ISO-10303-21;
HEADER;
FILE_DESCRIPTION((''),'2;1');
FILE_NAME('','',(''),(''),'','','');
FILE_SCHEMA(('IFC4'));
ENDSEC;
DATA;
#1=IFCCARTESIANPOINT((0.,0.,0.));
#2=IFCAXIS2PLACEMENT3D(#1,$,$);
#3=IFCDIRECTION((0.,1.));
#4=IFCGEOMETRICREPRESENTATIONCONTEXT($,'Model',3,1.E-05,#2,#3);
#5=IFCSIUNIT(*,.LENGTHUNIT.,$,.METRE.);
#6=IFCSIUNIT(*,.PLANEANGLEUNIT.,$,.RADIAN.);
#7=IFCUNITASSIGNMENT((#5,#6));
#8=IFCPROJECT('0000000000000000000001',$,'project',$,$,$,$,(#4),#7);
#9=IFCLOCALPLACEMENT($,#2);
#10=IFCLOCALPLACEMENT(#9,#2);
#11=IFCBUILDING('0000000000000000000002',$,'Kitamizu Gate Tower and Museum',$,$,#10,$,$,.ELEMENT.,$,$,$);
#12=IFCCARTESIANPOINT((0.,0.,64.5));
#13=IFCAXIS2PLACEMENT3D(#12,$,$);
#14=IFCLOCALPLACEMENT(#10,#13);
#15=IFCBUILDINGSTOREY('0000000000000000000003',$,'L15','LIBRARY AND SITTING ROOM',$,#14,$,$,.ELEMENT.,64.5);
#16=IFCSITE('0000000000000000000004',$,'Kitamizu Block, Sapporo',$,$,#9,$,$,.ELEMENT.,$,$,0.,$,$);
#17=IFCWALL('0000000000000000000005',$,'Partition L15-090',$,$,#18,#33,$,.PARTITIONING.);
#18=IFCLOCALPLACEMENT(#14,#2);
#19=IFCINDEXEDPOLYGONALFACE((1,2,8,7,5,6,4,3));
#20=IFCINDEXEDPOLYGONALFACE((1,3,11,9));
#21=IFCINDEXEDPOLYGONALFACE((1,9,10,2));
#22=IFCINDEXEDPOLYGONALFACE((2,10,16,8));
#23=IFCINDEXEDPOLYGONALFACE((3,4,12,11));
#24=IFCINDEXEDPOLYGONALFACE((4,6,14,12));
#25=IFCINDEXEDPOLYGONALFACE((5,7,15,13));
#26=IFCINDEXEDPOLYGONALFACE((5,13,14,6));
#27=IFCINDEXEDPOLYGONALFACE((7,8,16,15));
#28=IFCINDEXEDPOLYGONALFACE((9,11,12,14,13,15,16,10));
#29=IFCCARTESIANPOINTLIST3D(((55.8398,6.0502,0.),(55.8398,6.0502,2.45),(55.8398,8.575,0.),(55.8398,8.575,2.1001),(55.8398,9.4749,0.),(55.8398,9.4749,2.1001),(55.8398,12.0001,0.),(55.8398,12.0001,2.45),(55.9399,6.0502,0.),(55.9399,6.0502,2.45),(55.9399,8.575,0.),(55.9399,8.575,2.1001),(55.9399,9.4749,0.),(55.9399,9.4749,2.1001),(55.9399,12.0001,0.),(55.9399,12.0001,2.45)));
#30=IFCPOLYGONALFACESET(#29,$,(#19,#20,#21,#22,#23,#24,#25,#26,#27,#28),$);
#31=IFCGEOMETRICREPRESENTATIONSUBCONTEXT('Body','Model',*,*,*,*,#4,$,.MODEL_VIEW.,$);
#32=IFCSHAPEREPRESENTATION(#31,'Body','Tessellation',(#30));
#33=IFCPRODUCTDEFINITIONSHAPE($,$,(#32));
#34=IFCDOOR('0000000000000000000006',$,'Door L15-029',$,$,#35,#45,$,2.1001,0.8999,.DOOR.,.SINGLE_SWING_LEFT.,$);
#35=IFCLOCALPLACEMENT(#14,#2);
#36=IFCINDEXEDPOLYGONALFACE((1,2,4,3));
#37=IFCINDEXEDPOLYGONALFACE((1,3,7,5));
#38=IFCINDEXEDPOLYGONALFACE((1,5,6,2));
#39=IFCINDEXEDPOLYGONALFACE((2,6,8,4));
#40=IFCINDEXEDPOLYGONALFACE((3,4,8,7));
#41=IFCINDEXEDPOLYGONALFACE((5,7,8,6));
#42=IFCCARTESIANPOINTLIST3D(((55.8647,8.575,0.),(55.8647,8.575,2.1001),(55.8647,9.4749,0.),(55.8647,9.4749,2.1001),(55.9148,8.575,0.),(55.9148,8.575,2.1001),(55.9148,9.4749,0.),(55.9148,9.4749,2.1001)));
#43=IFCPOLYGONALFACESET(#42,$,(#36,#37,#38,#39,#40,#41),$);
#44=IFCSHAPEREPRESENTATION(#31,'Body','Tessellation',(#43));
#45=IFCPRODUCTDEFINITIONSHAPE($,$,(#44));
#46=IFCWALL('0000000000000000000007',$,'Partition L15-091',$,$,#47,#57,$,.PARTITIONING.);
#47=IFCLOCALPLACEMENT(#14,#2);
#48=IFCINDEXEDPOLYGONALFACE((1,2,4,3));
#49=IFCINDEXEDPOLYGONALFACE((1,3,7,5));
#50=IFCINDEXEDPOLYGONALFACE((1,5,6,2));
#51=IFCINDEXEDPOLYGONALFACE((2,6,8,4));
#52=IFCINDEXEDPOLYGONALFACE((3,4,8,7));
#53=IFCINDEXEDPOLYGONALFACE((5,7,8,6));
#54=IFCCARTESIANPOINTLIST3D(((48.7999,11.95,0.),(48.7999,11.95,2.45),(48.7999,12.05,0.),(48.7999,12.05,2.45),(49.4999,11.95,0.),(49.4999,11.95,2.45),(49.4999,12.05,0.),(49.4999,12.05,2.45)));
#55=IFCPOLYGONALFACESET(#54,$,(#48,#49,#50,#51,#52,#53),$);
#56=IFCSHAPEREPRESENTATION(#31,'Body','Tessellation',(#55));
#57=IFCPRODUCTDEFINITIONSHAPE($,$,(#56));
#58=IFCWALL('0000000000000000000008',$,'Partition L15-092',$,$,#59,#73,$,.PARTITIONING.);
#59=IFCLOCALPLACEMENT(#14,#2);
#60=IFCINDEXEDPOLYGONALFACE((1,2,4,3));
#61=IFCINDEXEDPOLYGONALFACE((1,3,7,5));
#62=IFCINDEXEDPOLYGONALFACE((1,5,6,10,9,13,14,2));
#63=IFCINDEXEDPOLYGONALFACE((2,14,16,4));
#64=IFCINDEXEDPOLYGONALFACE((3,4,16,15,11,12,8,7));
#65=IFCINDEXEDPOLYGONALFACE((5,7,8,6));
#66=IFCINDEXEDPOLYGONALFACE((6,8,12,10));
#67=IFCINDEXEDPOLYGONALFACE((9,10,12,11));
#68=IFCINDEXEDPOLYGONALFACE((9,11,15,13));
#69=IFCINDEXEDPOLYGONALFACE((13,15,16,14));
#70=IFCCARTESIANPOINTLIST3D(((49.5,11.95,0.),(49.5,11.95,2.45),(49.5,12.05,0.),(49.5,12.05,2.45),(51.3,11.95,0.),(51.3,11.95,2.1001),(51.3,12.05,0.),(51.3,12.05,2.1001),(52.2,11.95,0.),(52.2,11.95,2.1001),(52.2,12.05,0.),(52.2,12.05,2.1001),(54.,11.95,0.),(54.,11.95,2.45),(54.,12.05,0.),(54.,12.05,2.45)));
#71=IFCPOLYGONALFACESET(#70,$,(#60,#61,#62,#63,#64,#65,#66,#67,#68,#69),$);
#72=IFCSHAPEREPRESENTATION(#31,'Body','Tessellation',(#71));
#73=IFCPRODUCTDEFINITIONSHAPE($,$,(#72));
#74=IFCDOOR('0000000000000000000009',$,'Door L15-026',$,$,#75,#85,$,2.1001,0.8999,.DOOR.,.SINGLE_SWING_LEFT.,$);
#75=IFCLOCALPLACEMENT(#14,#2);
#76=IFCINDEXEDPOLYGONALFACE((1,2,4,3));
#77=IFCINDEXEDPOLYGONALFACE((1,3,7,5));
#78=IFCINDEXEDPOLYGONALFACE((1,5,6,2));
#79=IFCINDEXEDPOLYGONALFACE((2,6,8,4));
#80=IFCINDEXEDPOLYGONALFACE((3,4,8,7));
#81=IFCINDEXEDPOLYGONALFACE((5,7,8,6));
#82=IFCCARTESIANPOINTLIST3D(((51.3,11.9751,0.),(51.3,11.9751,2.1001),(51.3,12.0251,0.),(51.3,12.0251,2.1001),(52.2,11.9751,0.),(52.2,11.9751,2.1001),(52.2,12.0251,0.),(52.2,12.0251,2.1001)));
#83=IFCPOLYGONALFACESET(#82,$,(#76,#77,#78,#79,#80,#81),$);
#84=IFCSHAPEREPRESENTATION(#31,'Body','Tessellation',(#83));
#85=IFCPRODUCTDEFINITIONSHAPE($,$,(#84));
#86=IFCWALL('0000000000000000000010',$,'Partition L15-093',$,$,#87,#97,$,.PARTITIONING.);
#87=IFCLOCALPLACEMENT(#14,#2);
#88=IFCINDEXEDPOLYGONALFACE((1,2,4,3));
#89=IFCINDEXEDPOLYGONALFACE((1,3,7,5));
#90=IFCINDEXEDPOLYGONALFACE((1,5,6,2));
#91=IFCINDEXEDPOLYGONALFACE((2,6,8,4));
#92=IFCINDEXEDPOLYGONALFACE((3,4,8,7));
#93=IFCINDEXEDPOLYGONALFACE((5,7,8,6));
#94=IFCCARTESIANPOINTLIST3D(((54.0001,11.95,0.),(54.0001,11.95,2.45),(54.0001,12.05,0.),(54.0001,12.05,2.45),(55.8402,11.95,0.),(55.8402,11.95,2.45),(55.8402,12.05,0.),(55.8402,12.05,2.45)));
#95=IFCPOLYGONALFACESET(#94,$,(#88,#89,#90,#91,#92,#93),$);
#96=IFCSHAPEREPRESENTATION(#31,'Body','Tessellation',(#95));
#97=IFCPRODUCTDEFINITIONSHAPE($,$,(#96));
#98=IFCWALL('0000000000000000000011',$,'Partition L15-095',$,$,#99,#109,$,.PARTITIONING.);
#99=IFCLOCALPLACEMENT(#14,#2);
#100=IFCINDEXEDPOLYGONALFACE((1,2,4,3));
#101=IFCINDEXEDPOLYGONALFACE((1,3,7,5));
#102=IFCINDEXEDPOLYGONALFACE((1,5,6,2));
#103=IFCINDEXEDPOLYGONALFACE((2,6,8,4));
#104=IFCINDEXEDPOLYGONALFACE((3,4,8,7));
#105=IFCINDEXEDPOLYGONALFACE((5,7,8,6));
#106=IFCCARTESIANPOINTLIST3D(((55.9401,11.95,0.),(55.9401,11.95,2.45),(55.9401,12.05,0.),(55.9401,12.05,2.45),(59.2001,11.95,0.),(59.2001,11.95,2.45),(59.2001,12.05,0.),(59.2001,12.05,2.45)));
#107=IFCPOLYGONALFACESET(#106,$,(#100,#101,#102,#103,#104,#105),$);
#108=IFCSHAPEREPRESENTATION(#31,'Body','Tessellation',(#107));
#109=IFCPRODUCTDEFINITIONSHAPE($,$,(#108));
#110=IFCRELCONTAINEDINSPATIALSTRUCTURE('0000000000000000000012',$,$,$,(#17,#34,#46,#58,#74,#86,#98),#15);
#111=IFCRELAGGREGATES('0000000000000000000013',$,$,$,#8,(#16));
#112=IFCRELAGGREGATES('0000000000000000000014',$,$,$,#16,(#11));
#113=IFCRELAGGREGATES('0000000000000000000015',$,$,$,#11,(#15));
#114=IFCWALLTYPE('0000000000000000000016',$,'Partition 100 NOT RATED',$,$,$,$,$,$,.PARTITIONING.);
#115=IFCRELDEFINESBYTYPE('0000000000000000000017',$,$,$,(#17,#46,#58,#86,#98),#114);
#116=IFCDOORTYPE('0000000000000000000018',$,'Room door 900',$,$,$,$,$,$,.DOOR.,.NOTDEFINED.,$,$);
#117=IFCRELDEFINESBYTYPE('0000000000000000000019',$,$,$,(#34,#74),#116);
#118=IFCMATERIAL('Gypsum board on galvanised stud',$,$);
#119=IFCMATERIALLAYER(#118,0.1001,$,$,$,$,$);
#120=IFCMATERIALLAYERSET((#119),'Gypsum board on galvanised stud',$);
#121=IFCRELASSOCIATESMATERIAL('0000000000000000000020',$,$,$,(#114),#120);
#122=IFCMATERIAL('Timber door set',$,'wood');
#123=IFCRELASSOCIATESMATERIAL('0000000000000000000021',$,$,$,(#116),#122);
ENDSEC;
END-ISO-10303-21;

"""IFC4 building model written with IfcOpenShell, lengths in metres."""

from ifc_helpers import new_model, si_unit, direction, frame, frame_2d, origin, place, context, subcontext, project, spatial, rectangle, extrude, material, layer, layer_set, type_object, element, fill, save


model = new_model("IFC4")

# Units and contexts
model_context = context("Model", 3, precision=1e-05, world=origin(), true_north=direction((0.0, 1.0)))
body_context = subcontext(model_context, "Body", "Model", "MODEL_VIEW")
ifc_project = project(units=[si_unit("LENGTHUNIT", "METRE"), si_unit("PLANEANGLEUNIT", "RADIAN")], contexts=[model_context])

# Site, building, storey
site_placement = place(None, origin())
site = spatial("IfcSite", under=ifc_project, at=site_placement, Name="Kitamizu Block, Sapporo", CompositionType="ELEMENT", RefElevation=0.0)
building_placement = place(site_placement, origin())
building = spatial("IfcBuilding", under=site, at=building_placement, Name="Kitamizu Gate Tower and Museum", CompositionType="ELEMENT")
storey_placement = place(building_placement, frame((0.0, 0.0, 64.5)))
storey = spatial("IfcBuildingStorey", under=building, at=storey_placement, Name="L15", Description="LIBRARY AND SITTING ROOM", CompositionType="ELEMENT", Elevation=64.5)

# Shared definitions
ifc_material_1 = material(Name="Gypsum board on galvanised stud")
ifc_layer = layer(ifc_material_1, 0.1001)
ifc_layer_set = layer_set([ifc_layer], Name="Gypsum board on galvanised stud")
wall_type = type_object("IfcWallType", Name="Partition 100 NOT RATED", PredefinedType="PARTITIONING", material=ifc_layer_set)
ifc_material_2 = material(Name="Timber door set", Category="wood")
door_type = type_object("IfcDoorType", Name="Room door 900", OperationType="NOTDEFINED", PredefinedType="DOOR", material=ifc_material_2)

# Wall, opening, door
wall_1_placement = place(storey_placement, frame((55.8899, 6.05, 0.0), z_axis=(0.0, 0.0, 1.0), x_axis=(0.0, 1.0, 0.0)))
wall_1 = element("IfcWall", 1, at=wall_1_placement, inside=storey, type_object=wall_type, Name="Partition L15-090", PredefinedType="PARTITIONING", context=body_context, shape_type="SweptSolid", body=[
    extrude(rectangle(XDim=5.95, YDim=0.1001, at=frame_2d((2.9751, 0.0))), origin(), (0.0, 0.0, 1.0), 2.45),
])
opening_1_placement = place(wall_1_placement, frame((2.5249, 0.0, 0.0)))
opening_1 = element("IfcOpeningElement", 2, at=opening_1_placement, cuts=wall_1, PredefinedType="OPENING", context=body_context, shape_type="SweptSolid", body=[
    extrude(rectangle(XDim=0.8999, YDim=2.1001, at=frame_2d((0.45, 1.05))), frame((0.0, 0.0601, 0.0), z_axis=(0.0, -1.0, 0.0), x_axis=(1.0, 0.0, 0.0)), (0.0, 0.0, 1.0), 0.1201),
])
door_1_placement = place(opening_1_placement, frame((0.8999, 0.0, 0.0), x_axis=(-1.0, 0.0, 0.0)))
door_1 = element("IfcDoor", 3, at=door_1_placement, inside=storey, type_object=door_type, Name="Door L15-029", OperationType="SINGLE_SWING_LEFT", OverallHeight=2.1001, OverallWidth=0.8999, PredefinedType="DOOR", context=body_context, shape_type="SweptSolid", body=[
    extrude(rectangle(XDim=0.8999, YDim=2.1001, at=frame_2d((0.45, 1.05))), frame((0.0, 0.0249, 0.0), z_axis=(0.0, -1.0, 0.0), x_axis=(1.0, 0.0, 0.0)), (0.0, 0.0, 1.0), 0.05),
])
fill(opening_1, door_1)

# Wall
wall_2_placement = place(storey_placement, frame((49.5, 12.0, 0.0), z_axis=(0.0, 0.0, 1.0), x_axis=(-1.0, 0.0, 0.0)))
element("IfcWall", 4, at=wall_2_placement, inside=storey, type_object=wall_type, Name="Partition L15-091", PredefinedType="PARTITIONING", context=body_context, shape_type="SweptSolid", body=[
    extrude(rectangle(XDim=0.7, YDim=0.1001, at=frame_2d((0.3501, 0.0))), origin(), (0.0, 0.0, 1.0), 2.45),
])

# Wall, opening, door
wall_3_placement = place(storey_placement, frame((54.0, 12.0, 0.0), z_axis=(0.0, 0.0, 1.0), x_axis=(-1.0, 0.0, 0.0)))
wall_3 = element("IfcWall", 5, at=wall_3_placement, inside=storey, type_object=wall_type, Name="Partition L15-092", PredefinedType="PARTITIONING", context=body_context, shape_type="SweptSolid", body=[
    extrude(rectangle(XDim=4.5, YDim=0.1001, at=frame_2d((2.25, 0.0))), origin(), (0.0, 0.0, 1.0), 2.45),
])
opening_2_placement = place(wall_3_placement, frame((1.8, 0.0, 0.0)))
opening_2 = element("IfcOpeningElement", 6, at=opening_2_placement, cuts=wall_3, PredefinedType="OPENING", context=body_context, shape_type="SweptSolid", body=[
    extrude(rectangle(XDim=0.8999, YDim=2.1001, at=frame_2d((0.45, 1.05))), frame((0.0, 0.0601, 0.0), z_axis=(0.0, -1.0, 0.0), x_axis=(1.0, 0.0, 0.0)), (0.0, 0.0, 1.0), 0.1201),
])
door_2_placement = place(opening_2_placement, origin())
door_2 = element("IfcDoor", 7, at=door_2_placement, inside=storey, type_object=door_type, Name="Door L15-026", OperationType="SINGLE_SWING_LEFT", OverallHeight=2.1001, OverallWidth=0.8999, PredefinedType="DOOR", context=body_context, shape_type="SweptSolid", body=[
    extrude(rectangle(XDim=0.8999, YDim=2.1001, at=frame_2d((0.45, 1.05))), frame((0.0, 0.0249, 0.0), z_axis=(0.0, -1.0, 0.0), x_axis=(1.0, 0.0, 0.0)), (0.0, 0.0, 1.0), 0.05),
])
fill(opening_2, door_2)

# Walls
wall_4_placement = place(storey_placement, frame((55.8401, 12.0, 0.0), z_axis=(0.0, 0.0, 1.0), x_axis=(-1.0, 0.0, 0.0)))
element("IfcWall", 8, at=wall_4_placement, inside=storey, type_object=wall_type, Name="Partition L15-093", PredefinedType="PARTITIONING", context=body_context, shape_type="SweptSolid", body=[
    extrude(rectangle(XDim=1.8401, YDim=0.1001, at=frame_2d((0.9199, 0.0))), origin(), (0.0, 0.0, 1.0), 2.45),
])
wall_5_placement = place(storey_placement, frame((59.2, 12.0, 0.0), z_axis=(0.0, 0.0, 1.0), x_axis=(-1.0, 0.0, 0.0)))
element("IfcWall", 9, at=wall_5_placement, inside=storey, type_object=wall_type, Name="Partition L15-095", PredefinedType="PARTITIONING", context=body_context, shape_type="SweptSolid", body=[
    extrude(rectangle(XDim=3.26, YDim=0.1001, at=frame_2d((1.6299, 0.0))), origin(), (0.0, 0.0, 1.0), 2.45),
])

save(model, "model.ifc")
